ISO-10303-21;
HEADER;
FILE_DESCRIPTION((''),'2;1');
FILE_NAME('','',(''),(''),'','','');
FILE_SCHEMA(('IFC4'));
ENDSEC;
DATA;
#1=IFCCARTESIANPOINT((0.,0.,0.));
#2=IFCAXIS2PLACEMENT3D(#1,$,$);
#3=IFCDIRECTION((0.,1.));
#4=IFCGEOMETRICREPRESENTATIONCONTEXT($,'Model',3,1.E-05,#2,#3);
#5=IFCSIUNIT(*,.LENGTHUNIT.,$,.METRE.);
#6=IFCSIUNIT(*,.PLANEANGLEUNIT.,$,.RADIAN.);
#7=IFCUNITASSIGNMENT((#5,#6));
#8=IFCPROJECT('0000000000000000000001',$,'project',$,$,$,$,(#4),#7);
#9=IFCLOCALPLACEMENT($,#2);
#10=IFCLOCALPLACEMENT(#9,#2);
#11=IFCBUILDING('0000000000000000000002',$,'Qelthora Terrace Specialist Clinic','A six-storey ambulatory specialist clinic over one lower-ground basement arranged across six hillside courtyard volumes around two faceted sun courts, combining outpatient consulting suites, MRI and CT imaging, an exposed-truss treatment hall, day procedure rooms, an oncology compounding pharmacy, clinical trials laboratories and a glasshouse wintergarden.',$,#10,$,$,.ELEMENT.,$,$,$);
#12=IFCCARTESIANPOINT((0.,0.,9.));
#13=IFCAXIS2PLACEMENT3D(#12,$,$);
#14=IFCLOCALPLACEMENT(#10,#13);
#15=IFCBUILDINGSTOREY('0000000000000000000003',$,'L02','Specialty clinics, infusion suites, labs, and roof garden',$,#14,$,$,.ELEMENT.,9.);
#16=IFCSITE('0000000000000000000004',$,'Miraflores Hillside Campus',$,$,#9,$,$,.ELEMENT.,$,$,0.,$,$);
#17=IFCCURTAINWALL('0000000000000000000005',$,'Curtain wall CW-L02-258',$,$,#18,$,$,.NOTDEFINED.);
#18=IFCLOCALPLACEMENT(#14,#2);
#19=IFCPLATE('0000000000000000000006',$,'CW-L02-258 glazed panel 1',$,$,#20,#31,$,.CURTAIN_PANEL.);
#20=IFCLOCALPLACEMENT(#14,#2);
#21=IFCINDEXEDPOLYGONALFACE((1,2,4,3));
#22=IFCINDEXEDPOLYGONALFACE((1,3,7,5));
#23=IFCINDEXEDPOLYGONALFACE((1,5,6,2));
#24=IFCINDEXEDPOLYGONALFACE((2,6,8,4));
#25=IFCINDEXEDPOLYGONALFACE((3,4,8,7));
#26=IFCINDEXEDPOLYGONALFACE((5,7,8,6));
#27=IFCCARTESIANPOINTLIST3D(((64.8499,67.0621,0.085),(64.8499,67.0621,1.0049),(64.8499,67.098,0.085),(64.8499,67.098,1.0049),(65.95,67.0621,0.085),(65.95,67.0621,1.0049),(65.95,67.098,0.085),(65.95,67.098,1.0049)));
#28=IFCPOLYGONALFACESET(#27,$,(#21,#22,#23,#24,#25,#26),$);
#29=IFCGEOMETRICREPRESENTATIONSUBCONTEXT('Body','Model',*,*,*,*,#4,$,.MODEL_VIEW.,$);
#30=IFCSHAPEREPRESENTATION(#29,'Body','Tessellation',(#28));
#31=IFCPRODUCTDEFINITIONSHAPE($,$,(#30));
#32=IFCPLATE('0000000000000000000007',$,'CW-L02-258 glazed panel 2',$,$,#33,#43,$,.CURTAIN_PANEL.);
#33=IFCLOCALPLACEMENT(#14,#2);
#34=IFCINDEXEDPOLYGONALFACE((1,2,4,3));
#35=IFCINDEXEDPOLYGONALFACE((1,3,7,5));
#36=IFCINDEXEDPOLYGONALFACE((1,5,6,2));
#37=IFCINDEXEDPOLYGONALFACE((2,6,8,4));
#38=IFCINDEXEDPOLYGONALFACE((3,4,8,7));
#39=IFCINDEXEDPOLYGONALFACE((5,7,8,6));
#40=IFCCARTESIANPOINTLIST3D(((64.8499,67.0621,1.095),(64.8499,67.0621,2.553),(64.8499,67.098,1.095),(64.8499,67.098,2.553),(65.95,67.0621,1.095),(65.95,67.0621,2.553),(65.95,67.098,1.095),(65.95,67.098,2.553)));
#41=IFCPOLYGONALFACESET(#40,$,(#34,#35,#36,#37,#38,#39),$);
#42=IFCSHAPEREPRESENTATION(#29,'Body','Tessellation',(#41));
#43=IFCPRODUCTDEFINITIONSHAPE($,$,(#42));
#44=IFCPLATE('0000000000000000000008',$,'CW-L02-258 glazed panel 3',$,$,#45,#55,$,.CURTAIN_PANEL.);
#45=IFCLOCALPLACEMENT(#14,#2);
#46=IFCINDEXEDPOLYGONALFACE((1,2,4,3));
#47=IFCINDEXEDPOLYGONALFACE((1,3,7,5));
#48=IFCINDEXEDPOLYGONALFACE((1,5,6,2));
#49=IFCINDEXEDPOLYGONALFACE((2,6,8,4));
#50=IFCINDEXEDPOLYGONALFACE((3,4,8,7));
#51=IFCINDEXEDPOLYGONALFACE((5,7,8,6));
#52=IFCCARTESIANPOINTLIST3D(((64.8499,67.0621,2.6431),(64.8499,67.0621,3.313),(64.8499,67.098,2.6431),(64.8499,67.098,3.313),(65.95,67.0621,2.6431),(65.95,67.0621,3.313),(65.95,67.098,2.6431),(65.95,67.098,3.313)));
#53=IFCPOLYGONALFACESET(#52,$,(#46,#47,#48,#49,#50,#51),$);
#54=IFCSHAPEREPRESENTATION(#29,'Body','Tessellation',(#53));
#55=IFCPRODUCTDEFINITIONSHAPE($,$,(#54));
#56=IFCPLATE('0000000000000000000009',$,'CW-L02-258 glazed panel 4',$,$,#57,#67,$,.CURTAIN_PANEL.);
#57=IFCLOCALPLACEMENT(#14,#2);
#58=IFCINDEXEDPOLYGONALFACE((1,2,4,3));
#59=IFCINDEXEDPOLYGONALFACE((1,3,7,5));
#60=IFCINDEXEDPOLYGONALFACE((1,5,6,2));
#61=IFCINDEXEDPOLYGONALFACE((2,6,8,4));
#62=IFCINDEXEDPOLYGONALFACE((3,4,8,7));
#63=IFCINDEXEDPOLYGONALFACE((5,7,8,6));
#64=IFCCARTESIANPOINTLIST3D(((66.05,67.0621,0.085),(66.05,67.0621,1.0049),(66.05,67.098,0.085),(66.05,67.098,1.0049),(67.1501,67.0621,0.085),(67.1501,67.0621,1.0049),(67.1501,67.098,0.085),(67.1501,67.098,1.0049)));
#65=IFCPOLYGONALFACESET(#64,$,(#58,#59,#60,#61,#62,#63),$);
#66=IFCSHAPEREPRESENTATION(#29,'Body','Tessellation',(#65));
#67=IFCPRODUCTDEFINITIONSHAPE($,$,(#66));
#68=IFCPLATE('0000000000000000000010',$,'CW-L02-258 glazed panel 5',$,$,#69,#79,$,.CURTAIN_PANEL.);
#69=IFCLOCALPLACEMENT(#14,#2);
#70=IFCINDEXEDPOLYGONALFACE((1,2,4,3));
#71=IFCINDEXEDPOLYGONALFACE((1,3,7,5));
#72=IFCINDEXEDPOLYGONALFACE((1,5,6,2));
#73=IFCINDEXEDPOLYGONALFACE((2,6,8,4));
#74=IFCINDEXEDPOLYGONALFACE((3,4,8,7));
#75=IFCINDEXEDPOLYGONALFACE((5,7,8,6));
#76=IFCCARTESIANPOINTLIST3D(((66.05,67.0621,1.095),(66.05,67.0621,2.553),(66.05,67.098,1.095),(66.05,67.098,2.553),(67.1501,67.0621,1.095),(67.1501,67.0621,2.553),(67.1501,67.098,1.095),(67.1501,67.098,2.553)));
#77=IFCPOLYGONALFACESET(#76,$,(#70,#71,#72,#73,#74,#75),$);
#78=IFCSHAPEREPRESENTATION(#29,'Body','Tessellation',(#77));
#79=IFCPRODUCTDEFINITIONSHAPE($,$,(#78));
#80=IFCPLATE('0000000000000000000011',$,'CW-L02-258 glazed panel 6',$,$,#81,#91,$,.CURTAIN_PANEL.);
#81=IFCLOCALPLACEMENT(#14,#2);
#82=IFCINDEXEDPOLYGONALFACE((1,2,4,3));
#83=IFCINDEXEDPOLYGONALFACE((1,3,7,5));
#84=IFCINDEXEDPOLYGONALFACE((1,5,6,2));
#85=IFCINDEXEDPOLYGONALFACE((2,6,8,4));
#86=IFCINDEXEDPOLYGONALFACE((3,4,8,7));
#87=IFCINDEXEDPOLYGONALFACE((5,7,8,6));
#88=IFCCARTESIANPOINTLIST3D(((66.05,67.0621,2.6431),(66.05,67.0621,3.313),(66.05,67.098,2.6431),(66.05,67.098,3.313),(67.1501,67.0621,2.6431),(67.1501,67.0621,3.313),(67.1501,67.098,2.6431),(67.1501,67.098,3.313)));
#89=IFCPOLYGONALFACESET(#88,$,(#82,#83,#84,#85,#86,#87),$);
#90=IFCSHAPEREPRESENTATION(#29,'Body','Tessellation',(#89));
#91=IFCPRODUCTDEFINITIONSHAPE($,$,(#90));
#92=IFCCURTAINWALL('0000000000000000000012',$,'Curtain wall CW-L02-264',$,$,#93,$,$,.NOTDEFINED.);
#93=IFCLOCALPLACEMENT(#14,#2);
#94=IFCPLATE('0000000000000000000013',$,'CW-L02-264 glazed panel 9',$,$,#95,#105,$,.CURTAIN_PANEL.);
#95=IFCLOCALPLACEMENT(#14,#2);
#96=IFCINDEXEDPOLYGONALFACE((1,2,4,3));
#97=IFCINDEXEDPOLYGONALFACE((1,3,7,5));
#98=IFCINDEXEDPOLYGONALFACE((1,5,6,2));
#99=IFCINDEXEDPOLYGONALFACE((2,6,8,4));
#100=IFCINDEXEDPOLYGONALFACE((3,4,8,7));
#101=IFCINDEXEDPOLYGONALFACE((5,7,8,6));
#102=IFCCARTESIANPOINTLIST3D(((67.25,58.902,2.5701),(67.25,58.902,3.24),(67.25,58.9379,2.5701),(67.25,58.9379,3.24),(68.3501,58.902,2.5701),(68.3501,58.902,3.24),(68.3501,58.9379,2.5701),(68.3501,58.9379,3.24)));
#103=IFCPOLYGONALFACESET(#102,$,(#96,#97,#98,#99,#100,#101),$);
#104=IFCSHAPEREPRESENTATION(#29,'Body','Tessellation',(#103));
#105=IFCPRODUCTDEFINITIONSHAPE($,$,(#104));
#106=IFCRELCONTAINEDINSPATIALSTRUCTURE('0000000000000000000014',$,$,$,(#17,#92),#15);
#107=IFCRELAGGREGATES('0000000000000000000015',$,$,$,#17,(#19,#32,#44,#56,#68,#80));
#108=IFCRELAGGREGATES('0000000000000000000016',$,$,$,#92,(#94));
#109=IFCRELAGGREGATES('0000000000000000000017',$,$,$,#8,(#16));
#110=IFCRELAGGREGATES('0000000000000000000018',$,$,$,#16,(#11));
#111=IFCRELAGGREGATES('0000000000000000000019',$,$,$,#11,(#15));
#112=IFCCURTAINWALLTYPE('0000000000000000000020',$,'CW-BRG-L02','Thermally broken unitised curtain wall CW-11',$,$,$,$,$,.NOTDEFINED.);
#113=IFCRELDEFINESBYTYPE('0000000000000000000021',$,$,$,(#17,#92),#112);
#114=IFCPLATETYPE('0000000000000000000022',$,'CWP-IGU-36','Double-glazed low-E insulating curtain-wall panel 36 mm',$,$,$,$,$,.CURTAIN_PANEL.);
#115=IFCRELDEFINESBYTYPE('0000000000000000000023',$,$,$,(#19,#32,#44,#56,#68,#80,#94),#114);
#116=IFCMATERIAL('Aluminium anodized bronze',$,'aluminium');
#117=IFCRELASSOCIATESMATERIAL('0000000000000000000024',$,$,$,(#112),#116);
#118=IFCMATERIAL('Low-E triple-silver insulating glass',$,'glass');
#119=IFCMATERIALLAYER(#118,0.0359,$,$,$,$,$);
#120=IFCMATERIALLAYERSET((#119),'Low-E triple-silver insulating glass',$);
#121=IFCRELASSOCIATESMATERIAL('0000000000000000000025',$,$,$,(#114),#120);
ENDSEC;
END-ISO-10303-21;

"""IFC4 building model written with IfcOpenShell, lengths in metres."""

from ifc_helpers import new_model, si_unit, direction, frame, origin, origin_2d, place, context, subcontext, project, spatial, rectangle, extrude, material, layer, layer_set, type_object, element, aggregate, save


model = new_model("IFC4")

# Units and contexts
model_context = context("Model", 3, precision=1e-05, world=origin(), true_north=direction((0.0, 1.0)))
body_context = subcontext(model_context, "Body", "Model", "MODEL_VIEW")
ifc_project = project(units=[si_unit("LENGTHUNIT", "METRE"), si_unit("PLANEANGLEUNIT", "RADIAN")], contexts=[model_context])

# Site, building, storey
site_placement = place(None, origin())
site = spatial("IfcSite", under=ifc_project, at=site_placement, Name="Miraflores Hillside Campus", CompositionType="ELEMENT", RefElevation=0.0)
building_placement = place(site_placement, origin())
building = spatial("IfcBuilding", under=site, at=building_placement, Name="Qelthora Terrace Specialist Clinic", Description="A six-storey ambulatory specialist clinic over one lower-ground basement arranged across six hillside courtyard volumes around two faceted sun courts, combining outpatient consulting suites, MRI and CT imaging, an exposed-truss treatment hall, day procedure rooms, an oncology compounding pharmacy, clinical trials laboratories and a glasshouse wintergarden.", CompositionType="ELEMENT")
storey_placement = place(building_placement, frame((0.0, 0.0, 9.0)))
storey = spatial("IfcBuildingStorey", under=building, at=storey_placement, Name="L02", Description="Specialty clinics, infusion suites, labs, and roof garden", CompositionType="ELEMENT", Elevation=9.0)

# Curtain wall
ifc_material_1 = material(Name="Aluminium anodized bronze", Category="aluminium")
curtain_wall_type = type_object("IfcCurtainWallType", Name="CW-BRG-L02", Description="Thermally broken unitised curtain wall CW-11", PredefinedType="NOTDEFINED", material=ifc_material_1)
curtain_wall_1_placement = place(storey_placement, origin())
curtain_wall_1 = element("IfcCurtainWall", 1, at=curtain_wall_1_placement, inside=storey, type_object=curtain_wall_type, Name="Curtain wall CW-L02-258", PredefinedType="NOTDEFINED")

# Plates
ifc_material_2 = material(Name="Low-E triple-silver insulating glass", Category="glass")
ifc_layer = layer(ifc_material_2, 0.0359)
ifc_layer_set = layer_set([ifc_layer], Name="Low-E triple-silver insulating glass")
plate_type = type_object("IfcPlateType", Name="CWP-IGU-36", Description="Double-glazed low-E insulating curtain-wall panel 36 mm", PredefinedType="CURTAIN_PANEL", material=ifc_layer_set)
plate_1_placement = place(storey_placement, frame((65.3999, 67.0801, 0.085), z_axis=(0.0, 0.0, 1.0), x_axis=(1.0, 0.0, 0.0)))
plate_1 = element("IfcPlate", 2, at=plate_1_placement, type_object=plate_type, Name="CW-L02-258 glazed panel 1", PredefinedType="CURTAIN_PANEL", context=body_context, shape_type="SweptSolid", body=[
    extrude(rectangle(XDim=1.1001, YDim=0.0359, at=origin_2d()), origin(), (0.0, 0.0, 1.0), 0.9199),
])
plate_2_placement = place(storey_placement, frame((65.3999, 67.0801, 1.095), z_axis=(0.0, 0.0, 1.0), x_axis=(1.0, 0.0, 0.0)))
plate_2 = element("IfcPlate", 3, at=plate_2_placement, type_object=plate_type, Name="CW-L02-258 glazed panel 2", PredefinedType="CURTAIN_PANEL", context=body_context, shape_type="SweptSolid", body=[
    extrude(rectangle(XDim=1.1001, YDim=0.0359, at=origin_2d()), origin(), (0.0, 0.0, 1.0), 1.458),
])
plate_3_placement = place(storey_placement, frame((65.3999, 67.0801, 2.6431), z_axis=(0.0, 0.0, 1.0), x_axis=(1.0, 0.0, 0.0)))
plate_3 = element("IfcPlate", 4, at=plate_3_placement, type_object=plate_type, Name="CW-L02-258 glazed panel 3", PredefinedType="CURTAIN_PANEL", context=body_context, shape_type="SweptSolid", body=[
    extrude(rectangle(XDim=1.1001, YDim=0.0359, at=origin_2d()), origin(), (0.0, 0.0, 1.0), 0.6699),
])
plate_4_placement = place(storey_placement, frame((66.6001, 67.0801, 0.085), z_axis=(0.0, 0.0, 1.0), x_axis=(1.0, 0.0, 0.0)))
plate_4 = element("IfcPlate", 5, at=plate_4_placement, type_object=plate_type, Name="CW-L02-258 glazed panel 4", PredefinedType="CURTAIN_PANEL", context=body_context, shape_type="SweptSolid", body=[
    extrude(rectangle(XDim=1.1001, YDim=0.0359, at=origin_2d()), origin(), (0.0, 0.0, 1.0), 0.9199),
])
plate_5_placement = place(storey_placement, frame((66.6001, 67.0801, 1.095), z_axis=(0.0, 0.0, 1.0), x_axis=(1.0, 0.0, 0.0)))
plate_5 = element("IfcPlate", 6, at=plate_5_placement, type_object=plate_type, Name="CW-L02-258 glazed panel 5", PredefinedType="CURTAIN_PANEL", context=body_context, shape_type="SweptSolid", body=[
    extrude(rectangle(XDim=1.1001, YDim=0.0359, at=origin_2d()), origin(), (0.0, 0.0, 1.0), 1.458),
])
plate_6_placement = place(storey_placement, frame((66.6001, 67.0801, 2.6431), z_axis=(0.0, 0.0, 1.0), x_axis=(1.0, 0.0, 0.0)))
plate_6 = element("IfcPlate", 7, at=plate_6_placement, type_object=plate_type, Name="CW-L02-258 glazed panel 6", PredefinedType="CURTAIN_PANEL", context=body_context, shape_type="SweptSolid", body=[
    extrude(rectangle(XDim=1.1001, YDim=0.0359, at=origin_2d()), origin(), (0.0, 0.0, 1.0), 0.6699),
])
aggregate(curtain_wall_1, [plate_1, plate_2, plate_3, plate_4, plate_5, plate_6])

# Curtain wall, plate
curtain_wall_2_placement = place(storey_placement, origin())
curtain_wall_2 = element("IfcCurtainWall", 8, at=curtain_wall_2_placement, inside=storey, type_object=curtain_wall_type, Name="Curtain wall CW-L02-264", PredefinedType="NOTDEFINED")
plate_7_placement = place(storey_placement, frame((67.8, 58.9199, 2.5701), z_axis=(0.0, 0.0, 1.0), x_axis=(1.0, 0.0, 0.0)))
plate_7 = element("IfcPlate", 9, at=plate_7_placement, type_object=plate_type, Name="CW-L02-264 glazed panel 9", PredefinedType="CURTAIN_PANEL", context=body_context, shape_type="SweptSolid", body=[
    extrude(rectangle(XDim=1.1001, YDim=0.0359, at=origin_2d()), origin(), (0.0, 0.0, 1.0), 0.6699),
])
aggregate(curtain_wall_2, [plate_7])

save(model, "model.ifc")
